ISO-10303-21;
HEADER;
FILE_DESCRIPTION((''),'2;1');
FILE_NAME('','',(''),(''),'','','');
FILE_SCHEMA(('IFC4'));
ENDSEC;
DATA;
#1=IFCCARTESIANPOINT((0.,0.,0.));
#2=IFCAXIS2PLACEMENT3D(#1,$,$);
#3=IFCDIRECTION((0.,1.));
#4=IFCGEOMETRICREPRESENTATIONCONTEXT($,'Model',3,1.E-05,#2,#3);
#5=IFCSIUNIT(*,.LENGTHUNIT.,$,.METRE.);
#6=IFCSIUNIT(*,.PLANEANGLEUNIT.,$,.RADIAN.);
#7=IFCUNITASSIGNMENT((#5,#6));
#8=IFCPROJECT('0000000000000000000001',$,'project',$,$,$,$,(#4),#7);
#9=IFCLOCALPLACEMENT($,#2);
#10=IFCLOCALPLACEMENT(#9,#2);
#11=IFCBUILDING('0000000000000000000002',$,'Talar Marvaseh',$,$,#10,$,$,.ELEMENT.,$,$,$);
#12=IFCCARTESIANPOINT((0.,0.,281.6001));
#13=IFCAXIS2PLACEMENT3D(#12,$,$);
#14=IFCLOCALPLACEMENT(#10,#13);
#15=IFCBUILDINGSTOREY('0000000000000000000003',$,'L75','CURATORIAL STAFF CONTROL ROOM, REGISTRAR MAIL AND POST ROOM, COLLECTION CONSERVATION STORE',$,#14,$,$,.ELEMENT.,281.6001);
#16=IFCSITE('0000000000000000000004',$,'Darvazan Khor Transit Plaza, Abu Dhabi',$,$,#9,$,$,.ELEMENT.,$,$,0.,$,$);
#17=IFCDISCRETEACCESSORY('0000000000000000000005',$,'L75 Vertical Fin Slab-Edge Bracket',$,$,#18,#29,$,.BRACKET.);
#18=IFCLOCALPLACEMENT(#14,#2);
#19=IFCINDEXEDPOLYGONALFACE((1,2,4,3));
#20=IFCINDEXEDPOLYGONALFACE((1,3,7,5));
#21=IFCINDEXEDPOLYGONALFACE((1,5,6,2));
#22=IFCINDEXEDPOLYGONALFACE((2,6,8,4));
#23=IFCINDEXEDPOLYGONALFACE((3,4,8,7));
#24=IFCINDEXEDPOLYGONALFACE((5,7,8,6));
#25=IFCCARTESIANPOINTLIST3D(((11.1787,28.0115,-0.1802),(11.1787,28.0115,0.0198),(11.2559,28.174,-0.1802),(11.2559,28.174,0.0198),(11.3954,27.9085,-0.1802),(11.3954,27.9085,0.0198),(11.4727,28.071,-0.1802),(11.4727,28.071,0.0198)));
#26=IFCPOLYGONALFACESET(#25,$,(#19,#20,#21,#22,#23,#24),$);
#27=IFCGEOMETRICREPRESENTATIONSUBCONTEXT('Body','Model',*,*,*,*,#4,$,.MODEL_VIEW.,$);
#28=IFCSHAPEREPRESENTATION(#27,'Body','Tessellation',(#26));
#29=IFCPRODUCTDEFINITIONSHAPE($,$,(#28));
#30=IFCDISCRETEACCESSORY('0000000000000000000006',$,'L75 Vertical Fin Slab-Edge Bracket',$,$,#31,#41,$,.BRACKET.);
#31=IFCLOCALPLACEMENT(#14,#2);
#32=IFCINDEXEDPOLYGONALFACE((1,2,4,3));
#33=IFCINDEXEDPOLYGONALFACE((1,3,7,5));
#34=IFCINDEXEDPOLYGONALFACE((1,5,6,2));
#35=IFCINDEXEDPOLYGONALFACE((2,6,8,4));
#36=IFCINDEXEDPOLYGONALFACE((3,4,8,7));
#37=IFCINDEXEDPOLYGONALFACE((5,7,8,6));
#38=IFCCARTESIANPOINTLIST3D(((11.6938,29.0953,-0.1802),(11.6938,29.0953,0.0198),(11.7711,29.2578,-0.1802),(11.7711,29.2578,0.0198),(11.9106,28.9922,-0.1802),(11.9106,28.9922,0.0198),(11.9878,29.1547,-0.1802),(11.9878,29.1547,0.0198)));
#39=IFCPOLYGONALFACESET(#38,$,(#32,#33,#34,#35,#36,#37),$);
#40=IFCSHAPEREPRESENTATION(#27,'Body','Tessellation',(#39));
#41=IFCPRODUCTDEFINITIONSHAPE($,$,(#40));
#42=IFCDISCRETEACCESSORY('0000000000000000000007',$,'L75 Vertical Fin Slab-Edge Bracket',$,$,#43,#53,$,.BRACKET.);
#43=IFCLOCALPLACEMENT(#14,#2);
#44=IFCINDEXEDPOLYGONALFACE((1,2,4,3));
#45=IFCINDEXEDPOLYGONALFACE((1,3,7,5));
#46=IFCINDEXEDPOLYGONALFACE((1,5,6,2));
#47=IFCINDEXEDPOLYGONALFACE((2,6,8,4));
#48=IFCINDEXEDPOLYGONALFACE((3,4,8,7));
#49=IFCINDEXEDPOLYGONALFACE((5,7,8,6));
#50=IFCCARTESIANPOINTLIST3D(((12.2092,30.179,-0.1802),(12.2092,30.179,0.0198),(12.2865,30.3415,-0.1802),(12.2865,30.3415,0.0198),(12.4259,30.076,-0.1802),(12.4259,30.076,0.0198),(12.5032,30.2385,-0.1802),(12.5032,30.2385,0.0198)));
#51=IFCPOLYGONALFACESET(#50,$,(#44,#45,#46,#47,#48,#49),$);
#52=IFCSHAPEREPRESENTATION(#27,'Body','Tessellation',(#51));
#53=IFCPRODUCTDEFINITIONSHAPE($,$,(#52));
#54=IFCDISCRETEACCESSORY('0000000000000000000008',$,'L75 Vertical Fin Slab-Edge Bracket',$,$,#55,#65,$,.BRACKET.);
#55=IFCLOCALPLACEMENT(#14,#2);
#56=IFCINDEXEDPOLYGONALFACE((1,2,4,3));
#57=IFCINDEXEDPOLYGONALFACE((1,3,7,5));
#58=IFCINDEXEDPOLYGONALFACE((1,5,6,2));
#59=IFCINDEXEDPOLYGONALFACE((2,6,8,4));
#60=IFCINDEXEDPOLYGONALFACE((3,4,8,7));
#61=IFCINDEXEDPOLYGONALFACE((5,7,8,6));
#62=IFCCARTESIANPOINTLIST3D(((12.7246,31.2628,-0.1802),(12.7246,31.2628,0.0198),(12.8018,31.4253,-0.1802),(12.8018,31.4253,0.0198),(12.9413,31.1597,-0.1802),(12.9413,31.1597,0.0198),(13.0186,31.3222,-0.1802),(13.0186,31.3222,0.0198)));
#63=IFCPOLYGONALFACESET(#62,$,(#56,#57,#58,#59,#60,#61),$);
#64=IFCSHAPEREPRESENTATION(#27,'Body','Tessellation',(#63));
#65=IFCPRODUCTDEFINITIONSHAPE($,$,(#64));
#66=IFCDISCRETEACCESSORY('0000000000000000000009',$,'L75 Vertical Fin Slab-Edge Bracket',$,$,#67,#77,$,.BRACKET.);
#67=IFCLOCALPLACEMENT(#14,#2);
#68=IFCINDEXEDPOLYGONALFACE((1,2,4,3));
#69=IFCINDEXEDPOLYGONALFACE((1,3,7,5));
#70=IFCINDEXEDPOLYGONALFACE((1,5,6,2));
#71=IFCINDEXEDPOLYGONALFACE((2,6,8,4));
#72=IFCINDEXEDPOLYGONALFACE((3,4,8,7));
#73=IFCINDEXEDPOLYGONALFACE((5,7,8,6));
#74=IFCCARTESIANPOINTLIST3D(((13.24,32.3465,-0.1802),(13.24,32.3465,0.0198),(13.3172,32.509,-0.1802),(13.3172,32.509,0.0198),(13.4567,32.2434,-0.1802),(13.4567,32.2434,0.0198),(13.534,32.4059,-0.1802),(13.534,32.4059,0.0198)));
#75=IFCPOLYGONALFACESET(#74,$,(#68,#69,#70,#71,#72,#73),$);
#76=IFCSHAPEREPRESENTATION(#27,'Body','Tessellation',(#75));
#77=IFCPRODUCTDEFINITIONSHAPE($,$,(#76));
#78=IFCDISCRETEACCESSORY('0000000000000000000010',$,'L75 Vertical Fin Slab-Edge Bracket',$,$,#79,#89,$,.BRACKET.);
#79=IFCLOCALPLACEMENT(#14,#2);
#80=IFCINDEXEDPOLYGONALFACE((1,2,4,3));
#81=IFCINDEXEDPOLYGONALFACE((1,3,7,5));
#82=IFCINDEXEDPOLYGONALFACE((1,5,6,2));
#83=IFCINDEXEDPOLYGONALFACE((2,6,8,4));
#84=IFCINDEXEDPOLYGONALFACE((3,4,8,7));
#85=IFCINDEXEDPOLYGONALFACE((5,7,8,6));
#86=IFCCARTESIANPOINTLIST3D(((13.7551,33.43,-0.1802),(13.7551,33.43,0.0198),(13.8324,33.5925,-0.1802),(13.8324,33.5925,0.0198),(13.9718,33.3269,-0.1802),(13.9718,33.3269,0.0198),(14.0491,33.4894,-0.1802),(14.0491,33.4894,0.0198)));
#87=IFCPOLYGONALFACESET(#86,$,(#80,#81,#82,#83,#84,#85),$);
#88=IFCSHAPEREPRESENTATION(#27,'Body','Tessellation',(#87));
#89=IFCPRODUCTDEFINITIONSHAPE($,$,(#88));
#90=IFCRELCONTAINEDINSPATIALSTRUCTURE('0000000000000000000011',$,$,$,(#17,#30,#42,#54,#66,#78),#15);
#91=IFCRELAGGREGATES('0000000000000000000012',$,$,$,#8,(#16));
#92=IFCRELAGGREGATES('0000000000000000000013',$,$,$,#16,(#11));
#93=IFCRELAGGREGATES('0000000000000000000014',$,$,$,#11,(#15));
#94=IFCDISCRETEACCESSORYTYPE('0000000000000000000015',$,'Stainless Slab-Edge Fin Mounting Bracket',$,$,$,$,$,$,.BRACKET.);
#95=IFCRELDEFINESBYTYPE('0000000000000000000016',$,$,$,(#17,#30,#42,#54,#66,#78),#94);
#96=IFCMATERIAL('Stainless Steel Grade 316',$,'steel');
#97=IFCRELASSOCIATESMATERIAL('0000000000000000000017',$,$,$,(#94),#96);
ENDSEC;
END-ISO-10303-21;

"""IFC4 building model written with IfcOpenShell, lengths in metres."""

from ifc_helpers import new_model, si_unit, direction, frame, origin, origin_2d, place, context, subcontext, project, spatial, rectangle, extrude, source, transform, mapped, material, type_object, type_shapes, element, save


model = new_model("IFC4")

# Units and contexts
model_context = context("Model", 3, precision=1e-05, world=origin(), true_north=direction((0.0, 1.0)))
body_context = subcontext(model_context, "Body", "Model", "MODEL_VIEW")
ifc_project = project(units=[si_unit("LENGTHUNIT", "METRE"), si_unit("PLANEANGLEUNIT", "RADIAN")], contexts=[model_context])

# Site, building, storey
site_placement = place(None, origin())
site = spatial("IfcSite", under=ifc_project, at=site_placement, Name="Darvazan Khor Transit Plaza, Abu Dhabi", CompositionType="ELEMENT", RefElevation=0.0)
building_placement = place(site_placement, origin())
building = spatial("IfcBuilding", under=site, at=building_placement, Name="Talar Marvaseh", CompositionType="ELEMENT")
storey_placement = place(building_placement, frame((0.0, 0.0, 281.6001)))
storey = spatial("IfcBuildingStorey", under=building, at=storey_placement, Name="L75", Description="CURATORIAL STAFF CONTROL ROOM, REGISTRAR MAIL AND POST ROOM, COLLECTION CONSERVATION STORE", CompositionType="ELEMENT", Elevation=281.6001)

# Shared definitions
ifc_material_1 = material(Name="Stainless Steel Grade 316", Category="steel")

# Discrete accessories
discrete_accessory_type = type_object("IfcDiscreteAccessoryType", Name="Stainless Slab-Edge Fin Mounting Bracket", PredefinedType="BRACKET", material=ifc_material_1)
shared_shape_1 = source(origin(), body_context, "Body", "SweptSolid", [
    extrude(rectangle(XDim=0.24, YDim=0.1799, at=origin_2d()), origin(), (0.0, 0.0, 1.0), 0.2),
])
type_shapes(discrete_accessory_type, [shared_shape_1])
for number, where, z_axis, x_axis, name in (
    (1, (11.3257, 28.0413, -0.1802), (0.0, 0.0, 1.0), (-0.903111, 0.429408, 0.0), "L75 Vertical Fin Slab-Edge Bracket"),
    (2, (11.8408, 29.125, -0.1802), (0.0, 0.0, 1.0), (-0.903111, 0.429408, 0.0), "L75 Vertical Fin Slab-Edge Bracket"),
    (3, (12.3562, 30.2087, -0.1802), (0.0, 0.0, 1.0), (-0.903111, 0.429408, 0.0), "L75 Vertical Fin Slab-Edge Bracket"),
    (4, (12.8716, 31.2925, -0.1802), (0.0, 0.0, 1.0), (-0.903111, 0.429408, 0.0), "L75 Vertical Fin Slab-Edge Bracket"),
    (5, (13.387, 32.3762, -0.1802), (0.0, 0.0, 1.0), (-0.903111, 0.429408, 0.0), "L75 Vertical Fin Slab-Edge Bracket"),
    (6, (13.9021, 33.4597, -0.1802), (0.0, 0.0, 1.0), (-0.903111, 0.429408, 0.0), "L75 Vertical Fin Slab-Edge Bracket"),
):
    element("IfcDiscreteAccessory", number, at=place(storey_placement, frame(where, z_axis=z_axis, x_axis=x_axis)), inside=storey, type_object=discrete_accessory_type, Name=name, PredefinedType="BRACKET", context=body_context, shape_type="MappedRepresentation", body=[
        mapped(shared_shape_1, transform((0.0, 0.0, 0.0), x_axis=(1.0, 0.0, 0.0), y_axis=(0.0, 1.0, 0.0), z_axis=(0.0, 0.0, 1.0), scale=1.0)),
    ])

save(model, "model.ifc")
